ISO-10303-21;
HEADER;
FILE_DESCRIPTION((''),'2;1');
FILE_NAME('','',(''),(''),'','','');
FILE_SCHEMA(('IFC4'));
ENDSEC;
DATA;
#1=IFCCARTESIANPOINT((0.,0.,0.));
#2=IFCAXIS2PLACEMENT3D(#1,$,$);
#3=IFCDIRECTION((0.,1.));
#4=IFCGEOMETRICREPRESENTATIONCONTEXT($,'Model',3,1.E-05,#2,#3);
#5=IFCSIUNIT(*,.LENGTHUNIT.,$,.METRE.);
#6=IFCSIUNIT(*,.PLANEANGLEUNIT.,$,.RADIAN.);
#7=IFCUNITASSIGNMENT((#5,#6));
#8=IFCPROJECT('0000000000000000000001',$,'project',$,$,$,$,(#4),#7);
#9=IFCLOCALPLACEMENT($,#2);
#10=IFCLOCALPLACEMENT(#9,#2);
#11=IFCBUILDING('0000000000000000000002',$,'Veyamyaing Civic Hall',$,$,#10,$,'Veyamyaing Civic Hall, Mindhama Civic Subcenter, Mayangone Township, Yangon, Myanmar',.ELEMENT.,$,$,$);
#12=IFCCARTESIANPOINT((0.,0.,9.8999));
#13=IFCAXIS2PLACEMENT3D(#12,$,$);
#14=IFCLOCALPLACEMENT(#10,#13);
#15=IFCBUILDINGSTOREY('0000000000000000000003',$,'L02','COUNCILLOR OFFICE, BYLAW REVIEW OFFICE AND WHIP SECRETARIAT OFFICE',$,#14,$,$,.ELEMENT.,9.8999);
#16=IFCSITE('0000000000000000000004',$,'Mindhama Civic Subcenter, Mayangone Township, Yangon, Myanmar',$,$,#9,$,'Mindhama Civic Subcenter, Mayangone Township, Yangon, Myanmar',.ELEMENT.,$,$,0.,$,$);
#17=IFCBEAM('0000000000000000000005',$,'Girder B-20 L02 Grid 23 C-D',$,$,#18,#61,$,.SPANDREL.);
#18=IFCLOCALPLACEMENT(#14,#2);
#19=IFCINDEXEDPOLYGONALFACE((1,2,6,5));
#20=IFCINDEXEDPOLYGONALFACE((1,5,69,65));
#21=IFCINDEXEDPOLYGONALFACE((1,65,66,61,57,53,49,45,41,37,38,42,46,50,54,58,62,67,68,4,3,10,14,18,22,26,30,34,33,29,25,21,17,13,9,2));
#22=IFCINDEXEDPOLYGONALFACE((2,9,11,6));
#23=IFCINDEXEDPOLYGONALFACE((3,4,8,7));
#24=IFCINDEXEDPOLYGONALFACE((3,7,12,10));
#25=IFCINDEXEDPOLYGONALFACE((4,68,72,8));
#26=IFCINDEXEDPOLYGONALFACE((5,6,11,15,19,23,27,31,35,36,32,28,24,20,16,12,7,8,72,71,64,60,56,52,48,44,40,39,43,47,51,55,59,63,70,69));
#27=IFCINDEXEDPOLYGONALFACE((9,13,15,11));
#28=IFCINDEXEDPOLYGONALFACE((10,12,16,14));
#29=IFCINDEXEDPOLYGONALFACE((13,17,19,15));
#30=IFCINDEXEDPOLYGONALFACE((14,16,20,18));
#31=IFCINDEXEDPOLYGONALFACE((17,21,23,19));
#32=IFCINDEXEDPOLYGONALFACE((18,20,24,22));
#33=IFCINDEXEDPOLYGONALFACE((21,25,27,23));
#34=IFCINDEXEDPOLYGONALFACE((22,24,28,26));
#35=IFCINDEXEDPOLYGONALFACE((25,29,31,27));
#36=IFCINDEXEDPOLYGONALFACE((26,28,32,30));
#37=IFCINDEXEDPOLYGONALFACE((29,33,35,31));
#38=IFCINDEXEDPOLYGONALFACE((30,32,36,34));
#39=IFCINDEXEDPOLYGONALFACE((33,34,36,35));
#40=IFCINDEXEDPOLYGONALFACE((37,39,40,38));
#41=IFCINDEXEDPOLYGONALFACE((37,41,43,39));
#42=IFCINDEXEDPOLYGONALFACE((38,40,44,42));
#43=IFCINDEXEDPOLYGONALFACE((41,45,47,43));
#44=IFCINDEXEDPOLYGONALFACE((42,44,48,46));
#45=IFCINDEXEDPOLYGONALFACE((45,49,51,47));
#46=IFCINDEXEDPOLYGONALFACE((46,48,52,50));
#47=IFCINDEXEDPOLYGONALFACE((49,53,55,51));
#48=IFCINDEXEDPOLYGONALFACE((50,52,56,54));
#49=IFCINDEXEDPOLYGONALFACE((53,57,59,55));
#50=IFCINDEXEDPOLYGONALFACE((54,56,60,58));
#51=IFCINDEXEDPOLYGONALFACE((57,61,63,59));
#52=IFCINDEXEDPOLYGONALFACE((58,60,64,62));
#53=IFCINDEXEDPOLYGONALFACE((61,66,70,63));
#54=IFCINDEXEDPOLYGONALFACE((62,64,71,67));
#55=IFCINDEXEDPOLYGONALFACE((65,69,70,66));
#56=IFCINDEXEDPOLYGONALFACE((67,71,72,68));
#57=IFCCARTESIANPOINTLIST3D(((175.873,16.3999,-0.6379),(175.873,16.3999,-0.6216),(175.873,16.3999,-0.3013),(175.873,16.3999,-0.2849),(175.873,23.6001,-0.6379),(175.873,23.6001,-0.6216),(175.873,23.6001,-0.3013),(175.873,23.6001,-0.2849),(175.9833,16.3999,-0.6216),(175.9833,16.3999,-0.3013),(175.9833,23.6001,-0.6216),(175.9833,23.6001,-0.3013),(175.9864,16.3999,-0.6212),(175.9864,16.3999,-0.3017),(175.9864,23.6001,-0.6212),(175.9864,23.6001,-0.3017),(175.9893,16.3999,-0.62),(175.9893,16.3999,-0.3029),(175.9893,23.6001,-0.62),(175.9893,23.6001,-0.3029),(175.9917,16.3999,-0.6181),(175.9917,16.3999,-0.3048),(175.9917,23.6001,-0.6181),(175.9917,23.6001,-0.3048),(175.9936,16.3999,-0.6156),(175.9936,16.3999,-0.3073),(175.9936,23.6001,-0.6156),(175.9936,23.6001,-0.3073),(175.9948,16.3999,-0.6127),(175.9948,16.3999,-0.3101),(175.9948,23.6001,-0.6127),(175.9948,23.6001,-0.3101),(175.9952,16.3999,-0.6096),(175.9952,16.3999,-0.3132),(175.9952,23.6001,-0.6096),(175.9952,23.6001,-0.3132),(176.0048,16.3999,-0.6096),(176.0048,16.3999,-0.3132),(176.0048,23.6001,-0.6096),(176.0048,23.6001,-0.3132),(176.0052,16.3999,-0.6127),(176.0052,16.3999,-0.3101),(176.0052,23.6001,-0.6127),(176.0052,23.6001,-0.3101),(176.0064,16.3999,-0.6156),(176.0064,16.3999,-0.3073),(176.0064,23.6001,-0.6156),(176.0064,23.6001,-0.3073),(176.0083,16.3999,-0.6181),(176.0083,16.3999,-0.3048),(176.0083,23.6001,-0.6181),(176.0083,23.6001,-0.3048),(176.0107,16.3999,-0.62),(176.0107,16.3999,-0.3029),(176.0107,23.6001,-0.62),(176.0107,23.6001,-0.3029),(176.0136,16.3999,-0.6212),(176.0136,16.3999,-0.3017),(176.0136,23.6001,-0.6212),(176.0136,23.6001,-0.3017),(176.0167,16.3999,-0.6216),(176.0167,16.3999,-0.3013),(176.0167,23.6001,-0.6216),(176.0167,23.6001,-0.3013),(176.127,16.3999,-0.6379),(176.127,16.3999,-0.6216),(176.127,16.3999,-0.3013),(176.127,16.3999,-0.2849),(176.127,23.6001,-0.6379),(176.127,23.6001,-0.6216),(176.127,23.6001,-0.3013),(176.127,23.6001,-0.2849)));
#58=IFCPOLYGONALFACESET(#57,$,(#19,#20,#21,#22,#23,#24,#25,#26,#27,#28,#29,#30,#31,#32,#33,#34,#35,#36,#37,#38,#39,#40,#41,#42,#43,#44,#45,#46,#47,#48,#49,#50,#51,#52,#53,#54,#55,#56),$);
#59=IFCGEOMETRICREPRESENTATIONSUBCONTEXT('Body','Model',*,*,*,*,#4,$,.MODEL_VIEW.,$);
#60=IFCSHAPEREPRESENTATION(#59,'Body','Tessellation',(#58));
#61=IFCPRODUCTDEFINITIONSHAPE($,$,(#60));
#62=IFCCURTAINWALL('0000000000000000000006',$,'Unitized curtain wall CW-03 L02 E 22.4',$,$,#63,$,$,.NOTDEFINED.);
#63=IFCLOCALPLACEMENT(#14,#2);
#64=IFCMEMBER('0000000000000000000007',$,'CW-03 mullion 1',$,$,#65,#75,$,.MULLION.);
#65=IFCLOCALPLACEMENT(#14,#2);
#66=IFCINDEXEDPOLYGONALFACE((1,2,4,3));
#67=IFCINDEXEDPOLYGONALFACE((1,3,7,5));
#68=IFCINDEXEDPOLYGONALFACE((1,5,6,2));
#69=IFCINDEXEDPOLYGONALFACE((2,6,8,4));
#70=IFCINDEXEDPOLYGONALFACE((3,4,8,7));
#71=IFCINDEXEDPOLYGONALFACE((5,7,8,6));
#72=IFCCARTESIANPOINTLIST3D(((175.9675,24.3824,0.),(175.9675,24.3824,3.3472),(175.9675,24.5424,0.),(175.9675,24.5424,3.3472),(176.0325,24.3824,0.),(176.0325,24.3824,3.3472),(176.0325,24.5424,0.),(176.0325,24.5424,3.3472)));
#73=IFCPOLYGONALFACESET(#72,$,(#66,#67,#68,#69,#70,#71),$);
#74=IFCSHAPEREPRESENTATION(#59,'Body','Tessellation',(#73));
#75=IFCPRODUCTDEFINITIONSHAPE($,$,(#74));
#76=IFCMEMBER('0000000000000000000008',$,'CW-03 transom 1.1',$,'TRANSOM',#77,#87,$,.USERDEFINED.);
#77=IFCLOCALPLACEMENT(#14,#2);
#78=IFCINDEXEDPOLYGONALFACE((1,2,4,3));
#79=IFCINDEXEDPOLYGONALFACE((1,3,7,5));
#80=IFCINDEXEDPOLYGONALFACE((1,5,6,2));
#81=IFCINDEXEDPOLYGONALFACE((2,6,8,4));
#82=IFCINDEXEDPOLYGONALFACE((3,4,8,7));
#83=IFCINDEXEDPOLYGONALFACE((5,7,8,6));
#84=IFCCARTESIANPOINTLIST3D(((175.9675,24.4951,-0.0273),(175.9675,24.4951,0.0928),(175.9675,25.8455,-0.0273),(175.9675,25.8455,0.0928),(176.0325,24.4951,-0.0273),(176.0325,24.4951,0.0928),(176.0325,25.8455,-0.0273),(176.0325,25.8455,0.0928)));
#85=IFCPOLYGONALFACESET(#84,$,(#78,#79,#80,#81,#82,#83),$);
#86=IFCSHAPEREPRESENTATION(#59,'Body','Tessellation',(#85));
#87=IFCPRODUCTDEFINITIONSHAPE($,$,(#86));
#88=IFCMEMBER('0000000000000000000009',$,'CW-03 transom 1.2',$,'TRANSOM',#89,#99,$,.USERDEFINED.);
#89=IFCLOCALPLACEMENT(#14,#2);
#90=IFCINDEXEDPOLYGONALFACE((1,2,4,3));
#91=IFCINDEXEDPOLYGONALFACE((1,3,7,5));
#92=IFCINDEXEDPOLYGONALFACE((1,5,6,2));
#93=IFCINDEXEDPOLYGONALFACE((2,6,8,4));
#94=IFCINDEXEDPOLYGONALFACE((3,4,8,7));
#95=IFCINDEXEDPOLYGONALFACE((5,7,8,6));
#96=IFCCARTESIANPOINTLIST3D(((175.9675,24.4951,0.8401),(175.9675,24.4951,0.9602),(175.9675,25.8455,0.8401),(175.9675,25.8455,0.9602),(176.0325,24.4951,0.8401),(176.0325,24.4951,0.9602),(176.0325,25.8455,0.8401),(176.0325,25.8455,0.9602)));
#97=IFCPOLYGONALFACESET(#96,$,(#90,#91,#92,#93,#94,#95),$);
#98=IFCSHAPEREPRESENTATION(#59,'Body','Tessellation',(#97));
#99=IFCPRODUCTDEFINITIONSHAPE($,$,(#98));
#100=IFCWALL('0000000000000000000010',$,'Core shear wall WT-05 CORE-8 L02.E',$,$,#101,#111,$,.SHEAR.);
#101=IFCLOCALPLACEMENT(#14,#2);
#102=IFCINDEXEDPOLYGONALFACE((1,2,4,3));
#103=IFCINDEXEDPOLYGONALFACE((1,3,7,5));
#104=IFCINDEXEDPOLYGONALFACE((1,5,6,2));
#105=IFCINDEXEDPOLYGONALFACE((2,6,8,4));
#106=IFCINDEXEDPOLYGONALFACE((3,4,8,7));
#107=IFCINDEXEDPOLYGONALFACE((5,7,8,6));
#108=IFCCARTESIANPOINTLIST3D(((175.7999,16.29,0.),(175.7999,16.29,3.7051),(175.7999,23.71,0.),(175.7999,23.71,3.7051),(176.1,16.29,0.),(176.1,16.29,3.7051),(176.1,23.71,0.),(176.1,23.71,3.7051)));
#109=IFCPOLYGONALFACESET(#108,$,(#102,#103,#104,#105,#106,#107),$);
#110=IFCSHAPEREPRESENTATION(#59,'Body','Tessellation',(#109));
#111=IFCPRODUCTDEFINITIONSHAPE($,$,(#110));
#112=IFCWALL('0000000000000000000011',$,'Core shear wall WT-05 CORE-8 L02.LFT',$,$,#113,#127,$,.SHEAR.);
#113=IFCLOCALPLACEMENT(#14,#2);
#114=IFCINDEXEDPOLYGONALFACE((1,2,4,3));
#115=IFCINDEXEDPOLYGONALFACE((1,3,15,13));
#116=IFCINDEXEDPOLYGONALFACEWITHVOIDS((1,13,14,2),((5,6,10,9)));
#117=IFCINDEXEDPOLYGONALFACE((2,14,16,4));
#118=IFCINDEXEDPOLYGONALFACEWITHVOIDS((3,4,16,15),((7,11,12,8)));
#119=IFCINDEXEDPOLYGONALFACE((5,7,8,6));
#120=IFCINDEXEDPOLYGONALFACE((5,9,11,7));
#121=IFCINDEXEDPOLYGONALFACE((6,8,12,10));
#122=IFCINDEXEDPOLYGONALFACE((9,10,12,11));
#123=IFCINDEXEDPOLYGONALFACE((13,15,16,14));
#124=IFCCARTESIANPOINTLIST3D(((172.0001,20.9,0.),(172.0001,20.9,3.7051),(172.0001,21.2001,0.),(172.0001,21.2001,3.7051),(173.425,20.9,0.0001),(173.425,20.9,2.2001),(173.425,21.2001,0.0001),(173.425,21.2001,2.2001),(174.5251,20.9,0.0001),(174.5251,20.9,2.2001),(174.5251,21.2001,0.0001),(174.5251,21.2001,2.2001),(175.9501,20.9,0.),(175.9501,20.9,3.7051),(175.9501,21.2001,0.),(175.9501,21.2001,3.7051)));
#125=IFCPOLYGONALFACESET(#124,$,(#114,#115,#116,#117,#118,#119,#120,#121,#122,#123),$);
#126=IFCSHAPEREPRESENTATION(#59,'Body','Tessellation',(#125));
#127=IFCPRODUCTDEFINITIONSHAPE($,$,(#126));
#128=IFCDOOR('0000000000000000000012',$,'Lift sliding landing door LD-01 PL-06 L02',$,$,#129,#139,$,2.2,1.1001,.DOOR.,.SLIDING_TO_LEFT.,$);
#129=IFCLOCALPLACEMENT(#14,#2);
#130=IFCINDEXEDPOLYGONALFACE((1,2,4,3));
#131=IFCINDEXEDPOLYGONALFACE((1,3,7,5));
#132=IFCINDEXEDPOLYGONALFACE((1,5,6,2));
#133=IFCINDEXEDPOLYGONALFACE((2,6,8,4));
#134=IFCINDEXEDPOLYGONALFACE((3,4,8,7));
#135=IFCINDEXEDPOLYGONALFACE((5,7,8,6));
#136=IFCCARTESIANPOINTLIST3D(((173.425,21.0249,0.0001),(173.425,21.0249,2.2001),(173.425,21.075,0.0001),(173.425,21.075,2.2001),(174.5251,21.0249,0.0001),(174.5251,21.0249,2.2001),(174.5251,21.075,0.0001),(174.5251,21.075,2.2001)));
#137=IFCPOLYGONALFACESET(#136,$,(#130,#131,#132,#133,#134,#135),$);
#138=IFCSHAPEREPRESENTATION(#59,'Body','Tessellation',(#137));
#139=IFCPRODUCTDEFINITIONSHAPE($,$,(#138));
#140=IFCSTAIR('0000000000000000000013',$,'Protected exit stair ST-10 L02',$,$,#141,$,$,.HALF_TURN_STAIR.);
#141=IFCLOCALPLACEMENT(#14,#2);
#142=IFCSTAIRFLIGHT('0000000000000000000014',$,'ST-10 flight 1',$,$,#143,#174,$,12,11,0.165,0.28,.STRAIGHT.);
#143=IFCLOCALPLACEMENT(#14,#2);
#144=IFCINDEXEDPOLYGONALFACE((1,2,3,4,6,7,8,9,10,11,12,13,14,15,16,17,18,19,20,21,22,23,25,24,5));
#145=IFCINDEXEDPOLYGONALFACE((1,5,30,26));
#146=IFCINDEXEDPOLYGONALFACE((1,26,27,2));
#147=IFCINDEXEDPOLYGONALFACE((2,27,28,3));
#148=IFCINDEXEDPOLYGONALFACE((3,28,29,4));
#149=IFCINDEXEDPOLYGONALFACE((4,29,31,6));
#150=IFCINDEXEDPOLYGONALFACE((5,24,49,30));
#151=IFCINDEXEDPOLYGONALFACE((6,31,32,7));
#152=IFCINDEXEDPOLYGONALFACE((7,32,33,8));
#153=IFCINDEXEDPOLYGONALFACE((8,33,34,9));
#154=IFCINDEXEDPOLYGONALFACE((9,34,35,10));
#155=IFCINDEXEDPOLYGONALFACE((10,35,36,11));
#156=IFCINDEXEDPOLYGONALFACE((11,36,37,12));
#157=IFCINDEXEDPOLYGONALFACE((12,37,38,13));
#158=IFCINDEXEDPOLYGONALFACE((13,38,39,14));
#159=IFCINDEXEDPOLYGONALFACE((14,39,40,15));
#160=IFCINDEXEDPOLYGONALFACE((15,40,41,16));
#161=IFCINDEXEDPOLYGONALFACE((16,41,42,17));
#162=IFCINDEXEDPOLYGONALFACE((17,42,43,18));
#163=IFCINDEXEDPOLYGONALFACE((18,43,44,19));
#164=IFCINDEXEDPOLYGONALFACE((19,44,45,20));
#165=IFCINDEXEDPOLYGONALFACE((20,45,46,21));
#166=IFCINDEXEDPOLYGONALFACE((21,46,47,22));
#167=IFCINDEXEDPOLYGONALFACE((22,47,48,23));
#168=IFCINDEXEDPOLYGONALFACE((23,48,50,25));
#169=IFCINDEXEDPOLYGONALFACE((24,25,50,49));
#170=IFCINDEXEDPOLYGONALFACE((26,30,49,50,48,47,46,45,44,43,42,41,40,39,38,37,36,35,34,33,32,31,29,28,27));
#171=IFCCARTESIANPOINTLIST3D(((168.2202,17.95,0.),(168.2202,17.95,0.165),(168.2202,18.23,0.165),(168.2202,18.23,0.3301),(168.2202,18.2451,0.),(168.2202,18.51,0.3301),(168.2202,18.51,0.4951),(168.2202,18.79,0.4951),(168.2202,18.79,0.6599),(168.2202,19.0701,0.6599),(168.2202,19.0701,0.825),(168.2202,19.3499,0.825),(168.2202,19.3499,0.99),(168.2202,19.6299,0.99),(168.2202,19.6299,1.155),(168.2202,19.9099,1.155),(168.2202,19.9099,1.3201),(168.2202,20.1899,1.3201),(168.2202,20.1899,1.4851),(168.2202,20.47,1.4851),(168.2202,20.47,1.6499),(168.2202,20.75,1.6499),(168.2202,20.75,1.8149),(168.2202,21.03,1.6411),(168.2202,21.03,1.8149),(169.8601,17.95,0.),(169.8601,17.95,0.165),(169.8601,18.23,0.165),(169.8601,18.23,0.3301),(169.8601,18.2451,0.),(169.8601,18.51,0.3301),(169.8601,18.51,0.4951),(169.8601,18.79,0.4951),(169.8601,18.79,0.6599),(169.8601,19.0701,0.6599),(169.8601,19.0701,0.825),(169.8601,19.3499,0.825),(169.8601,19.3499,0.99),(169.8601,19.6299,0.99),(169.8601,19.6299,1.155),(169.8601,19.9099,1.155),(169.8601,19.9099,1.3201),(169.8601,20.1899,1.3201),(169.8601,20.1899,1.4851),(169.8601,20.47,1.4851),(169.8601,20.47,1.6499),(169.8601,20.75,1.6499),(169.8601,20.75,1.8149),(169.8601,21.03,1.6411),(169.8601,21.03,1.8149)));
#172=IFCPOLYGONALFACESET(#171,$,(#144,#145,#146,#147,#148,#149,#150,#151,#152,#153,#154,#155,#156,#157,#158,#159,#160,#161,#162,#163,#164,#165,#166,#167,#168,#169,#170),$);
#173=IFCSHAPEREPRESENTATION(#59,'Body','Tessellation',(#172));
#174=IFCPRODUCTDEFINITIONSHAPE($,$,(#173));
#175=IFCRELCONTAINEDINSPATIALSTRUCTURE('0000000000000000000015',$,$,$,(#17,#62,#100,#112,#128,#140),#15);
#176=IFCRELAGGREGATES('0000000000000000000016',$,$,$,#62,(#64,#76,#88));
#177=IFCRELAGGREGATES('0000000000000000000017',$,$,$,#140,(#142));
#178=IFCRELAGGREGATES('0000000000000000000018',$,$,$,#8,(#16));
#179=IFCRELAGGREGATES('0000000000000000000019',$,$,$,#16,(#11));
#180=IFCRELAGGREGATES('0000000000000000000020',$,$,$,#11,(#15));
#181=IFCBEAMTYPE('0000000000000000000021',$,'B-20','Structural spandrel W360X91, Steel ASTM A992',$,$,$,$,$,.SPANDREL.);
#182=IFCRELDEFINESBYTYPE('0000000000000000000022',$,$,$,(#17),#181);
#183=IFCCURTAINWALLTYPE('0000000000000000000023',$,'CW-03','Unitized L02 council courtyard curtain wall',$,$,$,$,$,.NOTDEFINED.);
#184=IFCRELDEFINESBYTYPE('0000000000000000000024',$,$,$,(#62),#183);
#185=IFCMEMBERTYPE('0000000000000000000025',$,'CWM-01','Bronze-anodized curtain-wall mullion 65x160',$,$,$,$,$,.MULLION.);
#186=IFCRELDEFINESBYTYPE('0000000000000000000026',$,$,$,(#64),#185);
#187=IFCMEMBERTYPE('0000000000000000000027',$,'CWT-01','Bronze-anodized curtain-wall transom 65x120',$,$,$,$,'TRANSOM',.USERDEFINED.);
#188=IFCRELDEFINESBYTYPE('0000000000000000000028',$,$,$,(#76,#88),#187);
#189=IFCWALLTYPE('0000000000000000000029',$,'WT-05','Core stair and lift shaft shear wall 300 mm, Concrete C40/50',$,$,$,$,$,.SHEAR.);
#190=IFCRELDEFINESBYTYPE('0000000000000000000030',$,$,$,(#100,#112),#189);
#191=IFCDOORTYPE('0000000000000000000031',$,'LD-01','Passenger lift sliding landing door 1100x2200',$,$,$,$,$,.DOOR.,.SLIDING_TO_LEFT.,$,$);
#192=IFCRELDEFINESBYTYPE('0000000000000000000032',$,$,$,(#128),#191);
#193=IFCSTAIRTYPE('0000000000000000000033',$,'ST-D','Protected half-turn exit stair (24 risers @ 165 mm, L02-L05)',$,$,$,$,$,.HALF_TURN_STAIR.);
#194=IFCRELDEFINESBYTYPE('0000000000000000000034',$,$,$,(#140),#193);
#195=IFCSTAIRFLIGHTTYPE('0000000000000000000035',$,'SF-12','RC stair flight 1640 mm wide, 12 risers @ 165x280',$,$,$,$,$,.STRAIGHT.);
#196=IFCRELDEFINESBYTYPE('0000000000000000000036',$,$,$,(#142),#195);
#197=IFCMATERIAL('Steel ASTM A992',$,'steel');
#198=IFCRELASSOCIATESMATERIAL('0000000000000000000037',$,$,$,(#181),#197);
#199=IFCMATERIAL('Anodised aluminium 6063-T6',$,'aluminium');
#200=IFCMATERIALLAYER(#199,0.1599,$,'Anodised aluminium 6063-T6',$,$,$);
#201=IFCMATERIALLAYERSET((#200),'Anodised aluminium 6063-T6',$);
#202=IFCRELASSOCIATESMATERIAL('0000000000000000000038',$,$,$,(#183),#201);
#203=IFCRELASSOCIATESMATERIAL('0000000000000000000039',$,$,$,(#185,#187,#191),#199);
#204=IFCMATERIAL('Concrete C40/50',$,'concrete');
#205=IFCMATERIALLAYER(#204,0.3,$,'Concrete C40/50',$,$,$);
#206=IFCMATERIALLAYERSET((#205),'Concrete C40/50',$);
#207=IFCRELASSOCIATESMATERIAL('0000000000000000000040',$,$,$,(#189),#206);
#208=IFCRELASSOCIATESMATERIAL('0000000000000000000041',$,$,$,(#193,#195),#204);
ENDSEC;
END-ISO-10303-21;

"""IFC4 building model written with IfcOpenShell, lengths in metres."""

from ifc_helpers import new_model, si_unit, direction, frame, frame_2d, origin, origin_2d, place, context, subcontext, project, spatial, polyline, rectangle, i_section, outline, extrude, material, layer, layer_set, material_profile, profile_set, type_object, element, fill, aggregate, save


model = new_model("IFC4")

# Units and contexts
model_context = context("Model", 3, precision=1e-05, world=origin(), true_north=direction((0.0, 1.0)))
body_context = subcontext(model_context, "Body", "Model", "MODEL_VIEW")
ifc_project = project(units=[si_unit("LENGTHUNIT", "METRE"), si_unit("PLANEANGLEUNIT", "RADIAN")], contexts=[model_context])

# Site, building, storey
site_placement = place(None, origin())
site = spatial("IfcSite", under=ifc_project, at=site_placement, Name="Mindhama Civic Subcenter, Mayangone Township, Yangon, Myanmar", LongName="Mindhama Civic Subcenter, Mayangone Township, Yangon, Myanmar", CompositionType="ELEMENT", RefElevation=0.0)
building_placement = place(site_placement, origin())
building = spatial("IfcBuilding", under=site, at=building_placement, Name="Veyamyaing Civic Hall", LongName="Veyamyaing Civic Hall, Mindhama Civic Subcenter, Mayangone Township, Yangon, Myanmar", CompositionType="ELEMENT")
storey_placement = place(building_placement, frame((0.0, 0.0, 9.8999)))
storey = spatial("IfcBuildingStorey", under=building, at=storey_placement, Name="L02", Description="COUNCILLOR OFFICE, BYLAW REVIEW OFFICE AND WHIP SECRETARIAT OFFICE", CompositionType="ELEMENT", Elevation=9.8999)

# Beam
ifc_material_1 = material(Name="Steel ASTM A992", Category="steel")
ifc_material_profile_1 = material_profile(ifc_material_1, i_section(OverallWidth=0.2539, OverallDepth=0.353, WebThickness=0.0095, FlangeThickness=0.0164, FilletRadius=0.012, at=origin_2d()), Name="W360X91")
ifc_profile_set_1 = profile_set([ifc_material_profile_1], Name="Steel ASTM A992")
beam_type_1 = type_object("IfcBeamType", Name="B-20", Description="Structural spandrel W360X91, Steel ASTM A992", PredefinedType="SPANDREL", material=ifc_profile_set_1)
beam_1_placement = place(storey_placement, frame((176.0, 16.3999, -0.4614), z_axis=(0.0, 1.0, 0.0), x_axis=(-1.0, 0.0, 0.0)))
element("IfcBeam", 1, at=beam_1_placement, inside=storey, type_object=beam_type_1, Name="Girder B-20 L02 Grid 23 C-D", PredefinedType="SPANDREL", context=body_context, shape_type="SweptSolid", body=[
    extrude(i_section(OverallWidth=0.2539, OverallDepth=0.353, WebThickness=0.0095, FlangeThickness=0.0164, FilletRadius=0.012, at=origin_2d()), origin(), (0.0, 0.0, 1.0), 7.2002),
])

# Curtain wall, members
ifc_material_2 = material(Name="Anodised aluminium 6063-T6", Category="aluminium")
ifc_layer_1 = layer(ifc_material_2, 0.1599, Name="Anodised aluminium 6063-T6")
ifc_layer_set_1 = layer_set([ifc_layer_1], Name="Anodised aluminium 6063-T6")
curtain_wall_type = type_object("IfcCurtainWallType", Name="CW-03", Description="Unitized L02 council courtyard curtain wall", PredefinedType="NOTDEFINED", material=ifc_layer_set_1)
curtain_wall_placement = place(storey_placement, origin())
curtain_wall = element("IfcCurtainWall", 2, at=curtain_wall_placement, inside=storey, type_object=curtain_wall_type, Name="Unitized curtain wall CW-03 L02 E 22.4", PredefinedType="NOTDEFINED")
ifc_material_profile_2 = material_profile(ifc_material_2, rectangle(XDim=0.0649, YDim=0.1599, at=origin_2d()), Name="ALU-MUL-65X160")
ifc_profile_set_2 = profile_set([ifc_material_profile_2], Name="Anodised aluminium 6063-T6")
member_type_1 = type_object("IfcMemberType", Name="CWM-01", Description="Bronze-anodized curtain-wall mullion 65x160", PredefinedType="MULLION", material=ifc_profile_set_2)
member_1_placement = place(storey_placement, frame((176.0, 24.4624, 0.0), z_axis=(0.0, 0.0, 1.0), x_axis=(-1.0, 0.0, 0.0)))
member_1 = element("IfcMember", 3, at=member_1_placement, type_object=member_type_1, Name="CW-03 mullion 1", PredefinedType="MULLION", context=body_context, shape_type="SweptSolid", body=[
    extrude(rectangle(XDim=0.0649, YDim=0.1599, at=origin_2d()), origin(), (0.0, 0.0, 1.0), 3.3472),
])
ifc_material_profile_3 = material_profile(ifc_material_2, rectangle(XDim=0.0649, YDim=0.1201, at=origin_2d()), Name="ALU-TRN-65X120")
ifc_profile_set_3 = profile_set([ifc_material_profile_3], Name="Anodised aluminium 6063-T6")
member_type_2 = type_object("IfcMemberType", Name="CWT-01", Description="Bronze-anodized curtain-wall transom 65x120", ElementType="TRANSOM", PredefinedType="USERDEFINED", material=ifc_profile_set_3)
member_2_placement = place(storey_placement, frame((176.0, 24.4951, 0.0327), z_axis=(0.0, 1.0, 0.0), x_axis=(-1.0, 0.0, 0.0)))
member_2 = element("IfcMember", 4, at=member_2_placement, type_object=member_type_2, Name="CW-03 transom 1.1", ObjectType="TRANSOM", PredefinedType="USERDEFINED", context=body_context, shape_type="SweptSolid", body=[
    extrude(rectangle(XDim=0.0649, YDim=0.1201, at=origin_2d()), origin(), (0.0, 0.0, 1.0), 1.3503),
])
member_3_placement = place(storey_placement, frame((176.0, 24.4951, 0.9001), z_axis=(0.0, 1.0, 0.0), x_axis=(-1.0, 0.0, 0.0)))
member_3 = element("IfcMember", 5, at=member_3_placement, type_object=member_type_2, Name="CW-03 transom 1.2", ObjectType="TRANSOM", PredefinedType="USERDEFINED", context=body_context, shape_type="SweptSolid", body=[
    extrude(rectangle(XDim=0.0649, YDim=0.1201, at=origin_2d()), origin(), (0.0, 0.0, 1.0), 1.3503),
])
aggregate(curtain_wall, [member_1, member_2, member_3])

# Wall
ifc_material_3 = material(Name="Concrete C40/50", Category="concrete")
ifc_layer_2 = layer(ifc_material_3, 0.3, Name="Concrete C40/50")
ifc_layer_set_2 = layer_set([ifc_layer_2], Name="Concrete C40/50")
wall_type_1 = type_object("IfcWallType", Name="WT-05", Description="Core stair and lift shaft shear wall 300 mm, Concrete C40/50", PredefinedType="SHEAR", material=ifc_layer_set_2)
wall_1_placement = place(storey_placement, frame((175.95, 16.29, 0.0), z_axis=(0.0, 0.0, 1.0), x_axis=(0.0, 1.0, 0.0)))
element("IfcWall", 6, at=wall_1_placement, inside=storey, type_object=wall_type_1, Name="Core shear wall WT-05 CORE-8 L02.E", PredefinedType="SHEAR", context=body_context, shape_type="SweptSolid", body=[
    extrude(rectangle(XDim=7.4199, YDim=0.3, at=frame_2d((3.71, 0.0))), origin(), (0.0, 0.0, 1.0), 3.7051),
])

# Wall, opening, door
wall_2_placement = place(storey_placement, frame((172.0, 21.05, 0.0), z_axis=(0.0, 0.0, 1.0), x_axis=(1.0, 0.0, 0.0)))
wall_2 = element("IfcWall", 7, at=wall_2_placement, inside=storey, type_object=wall_type_1, Name="Core shear wall WT-05 CORE-8 L02.LFT", PredefinedType="SHEAR", context=body_context, shape_type="SweptSolid", body=[
    extrude(rectangle(XDim=3.95, YDim=0.3, at=frame_2d((1.9751, 0.0))), origin(), (0.0, 0.0, 1.0), 3.7051),
])
opening_1_placement = place(wall_2_placement, frame((1.425, 0.0, 0.0)))
opening_1 = element("IfcOpeningElement", 8, at=opening_1_placement, cuts=wall_2, PredefinedType="OPENING", context=body_context, shape_type="SweptSolid", body=[
    extrude(rectangle(XDim=1.1001, YDim=2.2, at=frame_2d((0.55, 1.1001))), frame((0.0, 0.1599, 0.0), z_axis=(0.0, -1.0, 0.0), x_axis=(1.0, 0.0, 0.0)), (0.0, 0.0, 1.0), 0.3201),
])
door_type_1 = type_object("IfcDoorType", Name="LD-01", Description="Passenger lift sliding landing door 1100x2200", OperationType="SLIDING_TO_LEFT", PredefinedType="DOOR", material=ifc_material_2)
door_1_placement = place(opening_1_placement, origin())
door_1 = element("IfcDoor", 9, at=door_1_placement, inside=storey, type_object=door_type_1, Name="Lift sliding landing door LD-01 PL-06 L02", OperationType="SLIDING_TO_LEFT", OverallHeight=2.2, OverallWidth=1.1001, PredefinedType="DOOR", context=body_context, shape_type="SweptSolid", body=[
    extrude(rectangle(XDim=1.1001, YDim=2.2, at=frame_2d((0.55, 1.1001))), frame((0.0, 0.0249, 0.0), z_axis=(0.0, -1.0, 0.0), x_axis=(1.0, 0.0, 0.0)), (0.0, 0.0, 1.0), 0.05),
])
fill(opening_1, door_1)

# Stair, stair flight
stair_type = type_object("IfcStairType", Name="ST-D", Description="Protected half-turn exit stair (24 risers @ 165 mm, L02-L05)", PredefinedType="HALF_TURN_STAIR", material=ifc_material_3)
stair_placement = place(storey_placement, origin())
stair = element("IfcStair", 10, at=stair_placement, inside=storey, type_object=stair_type, Name="Protected exit stair ST-10 L02", PredefinedType="HALF_TURN_STAIR")
stair_flight_type = type_object("IfcStairFlightType", Name="SF-12", Description="RC stair flight 1640 mm wide, 12 risers @ 165x280", PredefinedType="STRAIGHT", material=ifc_material_3)
stair_flight_1_placement = place(storey_placement, frame((169.04, 17.95, 0.0), z_axis=(0.0, 0.0, 1.0), x_axis=(0.0, 1.0, 0.0)))
stair_flight_1 = element("IfcStairFlight", 11, at=stair_flight_1_placement, type_object=stair_flight_type, Name="ST-10 flight 1", NumberOfRisers=12, NumberOfTreads=11, PredefinedType="STRAIGHT", RiserHeight=0.165, TreadLength=0.28, context=body_context, shape_type="SweptSolid", body=[
    extrude(outline(polyline([(0.0, 0.0), (0.0, 0.165), (0.28, 0.165), (0.28, 0.3301), (0.5601, 0.3301), (0.5601, 0.4951), (0.8401, 0.4951), (0.8401, 0.6599), (1.1201, 0.6599), (1.1201, 0.825), (1.3999, 0.825), (1.3999, 0.99), (1.6799, 0.99), (1.6799, 1.155), (1.96, 1.155), (1.96, 1.3201), (2.24, 1.3201), (2.24, 1.4851), (2.52, 1.4851), (2.52, 1.6499), (2.8, 1.6499), (2.8, 1.8149), (3.0801, 1.8149), (3.0801, 1.98), (3.0801, 1.6411), (0.2952, 0.0), (0.0, 0.0)])), frame((0.0, 0.8198, 0.0), z_axis=(0.0, -1.0, 0.0), x_axis=(1.0, 0.0, 0.0)), (0.0, 0.0, 1.0), 1.6399),
])
aggregate(stair, [stair_flight_1])

save(model, "model.ifc")
